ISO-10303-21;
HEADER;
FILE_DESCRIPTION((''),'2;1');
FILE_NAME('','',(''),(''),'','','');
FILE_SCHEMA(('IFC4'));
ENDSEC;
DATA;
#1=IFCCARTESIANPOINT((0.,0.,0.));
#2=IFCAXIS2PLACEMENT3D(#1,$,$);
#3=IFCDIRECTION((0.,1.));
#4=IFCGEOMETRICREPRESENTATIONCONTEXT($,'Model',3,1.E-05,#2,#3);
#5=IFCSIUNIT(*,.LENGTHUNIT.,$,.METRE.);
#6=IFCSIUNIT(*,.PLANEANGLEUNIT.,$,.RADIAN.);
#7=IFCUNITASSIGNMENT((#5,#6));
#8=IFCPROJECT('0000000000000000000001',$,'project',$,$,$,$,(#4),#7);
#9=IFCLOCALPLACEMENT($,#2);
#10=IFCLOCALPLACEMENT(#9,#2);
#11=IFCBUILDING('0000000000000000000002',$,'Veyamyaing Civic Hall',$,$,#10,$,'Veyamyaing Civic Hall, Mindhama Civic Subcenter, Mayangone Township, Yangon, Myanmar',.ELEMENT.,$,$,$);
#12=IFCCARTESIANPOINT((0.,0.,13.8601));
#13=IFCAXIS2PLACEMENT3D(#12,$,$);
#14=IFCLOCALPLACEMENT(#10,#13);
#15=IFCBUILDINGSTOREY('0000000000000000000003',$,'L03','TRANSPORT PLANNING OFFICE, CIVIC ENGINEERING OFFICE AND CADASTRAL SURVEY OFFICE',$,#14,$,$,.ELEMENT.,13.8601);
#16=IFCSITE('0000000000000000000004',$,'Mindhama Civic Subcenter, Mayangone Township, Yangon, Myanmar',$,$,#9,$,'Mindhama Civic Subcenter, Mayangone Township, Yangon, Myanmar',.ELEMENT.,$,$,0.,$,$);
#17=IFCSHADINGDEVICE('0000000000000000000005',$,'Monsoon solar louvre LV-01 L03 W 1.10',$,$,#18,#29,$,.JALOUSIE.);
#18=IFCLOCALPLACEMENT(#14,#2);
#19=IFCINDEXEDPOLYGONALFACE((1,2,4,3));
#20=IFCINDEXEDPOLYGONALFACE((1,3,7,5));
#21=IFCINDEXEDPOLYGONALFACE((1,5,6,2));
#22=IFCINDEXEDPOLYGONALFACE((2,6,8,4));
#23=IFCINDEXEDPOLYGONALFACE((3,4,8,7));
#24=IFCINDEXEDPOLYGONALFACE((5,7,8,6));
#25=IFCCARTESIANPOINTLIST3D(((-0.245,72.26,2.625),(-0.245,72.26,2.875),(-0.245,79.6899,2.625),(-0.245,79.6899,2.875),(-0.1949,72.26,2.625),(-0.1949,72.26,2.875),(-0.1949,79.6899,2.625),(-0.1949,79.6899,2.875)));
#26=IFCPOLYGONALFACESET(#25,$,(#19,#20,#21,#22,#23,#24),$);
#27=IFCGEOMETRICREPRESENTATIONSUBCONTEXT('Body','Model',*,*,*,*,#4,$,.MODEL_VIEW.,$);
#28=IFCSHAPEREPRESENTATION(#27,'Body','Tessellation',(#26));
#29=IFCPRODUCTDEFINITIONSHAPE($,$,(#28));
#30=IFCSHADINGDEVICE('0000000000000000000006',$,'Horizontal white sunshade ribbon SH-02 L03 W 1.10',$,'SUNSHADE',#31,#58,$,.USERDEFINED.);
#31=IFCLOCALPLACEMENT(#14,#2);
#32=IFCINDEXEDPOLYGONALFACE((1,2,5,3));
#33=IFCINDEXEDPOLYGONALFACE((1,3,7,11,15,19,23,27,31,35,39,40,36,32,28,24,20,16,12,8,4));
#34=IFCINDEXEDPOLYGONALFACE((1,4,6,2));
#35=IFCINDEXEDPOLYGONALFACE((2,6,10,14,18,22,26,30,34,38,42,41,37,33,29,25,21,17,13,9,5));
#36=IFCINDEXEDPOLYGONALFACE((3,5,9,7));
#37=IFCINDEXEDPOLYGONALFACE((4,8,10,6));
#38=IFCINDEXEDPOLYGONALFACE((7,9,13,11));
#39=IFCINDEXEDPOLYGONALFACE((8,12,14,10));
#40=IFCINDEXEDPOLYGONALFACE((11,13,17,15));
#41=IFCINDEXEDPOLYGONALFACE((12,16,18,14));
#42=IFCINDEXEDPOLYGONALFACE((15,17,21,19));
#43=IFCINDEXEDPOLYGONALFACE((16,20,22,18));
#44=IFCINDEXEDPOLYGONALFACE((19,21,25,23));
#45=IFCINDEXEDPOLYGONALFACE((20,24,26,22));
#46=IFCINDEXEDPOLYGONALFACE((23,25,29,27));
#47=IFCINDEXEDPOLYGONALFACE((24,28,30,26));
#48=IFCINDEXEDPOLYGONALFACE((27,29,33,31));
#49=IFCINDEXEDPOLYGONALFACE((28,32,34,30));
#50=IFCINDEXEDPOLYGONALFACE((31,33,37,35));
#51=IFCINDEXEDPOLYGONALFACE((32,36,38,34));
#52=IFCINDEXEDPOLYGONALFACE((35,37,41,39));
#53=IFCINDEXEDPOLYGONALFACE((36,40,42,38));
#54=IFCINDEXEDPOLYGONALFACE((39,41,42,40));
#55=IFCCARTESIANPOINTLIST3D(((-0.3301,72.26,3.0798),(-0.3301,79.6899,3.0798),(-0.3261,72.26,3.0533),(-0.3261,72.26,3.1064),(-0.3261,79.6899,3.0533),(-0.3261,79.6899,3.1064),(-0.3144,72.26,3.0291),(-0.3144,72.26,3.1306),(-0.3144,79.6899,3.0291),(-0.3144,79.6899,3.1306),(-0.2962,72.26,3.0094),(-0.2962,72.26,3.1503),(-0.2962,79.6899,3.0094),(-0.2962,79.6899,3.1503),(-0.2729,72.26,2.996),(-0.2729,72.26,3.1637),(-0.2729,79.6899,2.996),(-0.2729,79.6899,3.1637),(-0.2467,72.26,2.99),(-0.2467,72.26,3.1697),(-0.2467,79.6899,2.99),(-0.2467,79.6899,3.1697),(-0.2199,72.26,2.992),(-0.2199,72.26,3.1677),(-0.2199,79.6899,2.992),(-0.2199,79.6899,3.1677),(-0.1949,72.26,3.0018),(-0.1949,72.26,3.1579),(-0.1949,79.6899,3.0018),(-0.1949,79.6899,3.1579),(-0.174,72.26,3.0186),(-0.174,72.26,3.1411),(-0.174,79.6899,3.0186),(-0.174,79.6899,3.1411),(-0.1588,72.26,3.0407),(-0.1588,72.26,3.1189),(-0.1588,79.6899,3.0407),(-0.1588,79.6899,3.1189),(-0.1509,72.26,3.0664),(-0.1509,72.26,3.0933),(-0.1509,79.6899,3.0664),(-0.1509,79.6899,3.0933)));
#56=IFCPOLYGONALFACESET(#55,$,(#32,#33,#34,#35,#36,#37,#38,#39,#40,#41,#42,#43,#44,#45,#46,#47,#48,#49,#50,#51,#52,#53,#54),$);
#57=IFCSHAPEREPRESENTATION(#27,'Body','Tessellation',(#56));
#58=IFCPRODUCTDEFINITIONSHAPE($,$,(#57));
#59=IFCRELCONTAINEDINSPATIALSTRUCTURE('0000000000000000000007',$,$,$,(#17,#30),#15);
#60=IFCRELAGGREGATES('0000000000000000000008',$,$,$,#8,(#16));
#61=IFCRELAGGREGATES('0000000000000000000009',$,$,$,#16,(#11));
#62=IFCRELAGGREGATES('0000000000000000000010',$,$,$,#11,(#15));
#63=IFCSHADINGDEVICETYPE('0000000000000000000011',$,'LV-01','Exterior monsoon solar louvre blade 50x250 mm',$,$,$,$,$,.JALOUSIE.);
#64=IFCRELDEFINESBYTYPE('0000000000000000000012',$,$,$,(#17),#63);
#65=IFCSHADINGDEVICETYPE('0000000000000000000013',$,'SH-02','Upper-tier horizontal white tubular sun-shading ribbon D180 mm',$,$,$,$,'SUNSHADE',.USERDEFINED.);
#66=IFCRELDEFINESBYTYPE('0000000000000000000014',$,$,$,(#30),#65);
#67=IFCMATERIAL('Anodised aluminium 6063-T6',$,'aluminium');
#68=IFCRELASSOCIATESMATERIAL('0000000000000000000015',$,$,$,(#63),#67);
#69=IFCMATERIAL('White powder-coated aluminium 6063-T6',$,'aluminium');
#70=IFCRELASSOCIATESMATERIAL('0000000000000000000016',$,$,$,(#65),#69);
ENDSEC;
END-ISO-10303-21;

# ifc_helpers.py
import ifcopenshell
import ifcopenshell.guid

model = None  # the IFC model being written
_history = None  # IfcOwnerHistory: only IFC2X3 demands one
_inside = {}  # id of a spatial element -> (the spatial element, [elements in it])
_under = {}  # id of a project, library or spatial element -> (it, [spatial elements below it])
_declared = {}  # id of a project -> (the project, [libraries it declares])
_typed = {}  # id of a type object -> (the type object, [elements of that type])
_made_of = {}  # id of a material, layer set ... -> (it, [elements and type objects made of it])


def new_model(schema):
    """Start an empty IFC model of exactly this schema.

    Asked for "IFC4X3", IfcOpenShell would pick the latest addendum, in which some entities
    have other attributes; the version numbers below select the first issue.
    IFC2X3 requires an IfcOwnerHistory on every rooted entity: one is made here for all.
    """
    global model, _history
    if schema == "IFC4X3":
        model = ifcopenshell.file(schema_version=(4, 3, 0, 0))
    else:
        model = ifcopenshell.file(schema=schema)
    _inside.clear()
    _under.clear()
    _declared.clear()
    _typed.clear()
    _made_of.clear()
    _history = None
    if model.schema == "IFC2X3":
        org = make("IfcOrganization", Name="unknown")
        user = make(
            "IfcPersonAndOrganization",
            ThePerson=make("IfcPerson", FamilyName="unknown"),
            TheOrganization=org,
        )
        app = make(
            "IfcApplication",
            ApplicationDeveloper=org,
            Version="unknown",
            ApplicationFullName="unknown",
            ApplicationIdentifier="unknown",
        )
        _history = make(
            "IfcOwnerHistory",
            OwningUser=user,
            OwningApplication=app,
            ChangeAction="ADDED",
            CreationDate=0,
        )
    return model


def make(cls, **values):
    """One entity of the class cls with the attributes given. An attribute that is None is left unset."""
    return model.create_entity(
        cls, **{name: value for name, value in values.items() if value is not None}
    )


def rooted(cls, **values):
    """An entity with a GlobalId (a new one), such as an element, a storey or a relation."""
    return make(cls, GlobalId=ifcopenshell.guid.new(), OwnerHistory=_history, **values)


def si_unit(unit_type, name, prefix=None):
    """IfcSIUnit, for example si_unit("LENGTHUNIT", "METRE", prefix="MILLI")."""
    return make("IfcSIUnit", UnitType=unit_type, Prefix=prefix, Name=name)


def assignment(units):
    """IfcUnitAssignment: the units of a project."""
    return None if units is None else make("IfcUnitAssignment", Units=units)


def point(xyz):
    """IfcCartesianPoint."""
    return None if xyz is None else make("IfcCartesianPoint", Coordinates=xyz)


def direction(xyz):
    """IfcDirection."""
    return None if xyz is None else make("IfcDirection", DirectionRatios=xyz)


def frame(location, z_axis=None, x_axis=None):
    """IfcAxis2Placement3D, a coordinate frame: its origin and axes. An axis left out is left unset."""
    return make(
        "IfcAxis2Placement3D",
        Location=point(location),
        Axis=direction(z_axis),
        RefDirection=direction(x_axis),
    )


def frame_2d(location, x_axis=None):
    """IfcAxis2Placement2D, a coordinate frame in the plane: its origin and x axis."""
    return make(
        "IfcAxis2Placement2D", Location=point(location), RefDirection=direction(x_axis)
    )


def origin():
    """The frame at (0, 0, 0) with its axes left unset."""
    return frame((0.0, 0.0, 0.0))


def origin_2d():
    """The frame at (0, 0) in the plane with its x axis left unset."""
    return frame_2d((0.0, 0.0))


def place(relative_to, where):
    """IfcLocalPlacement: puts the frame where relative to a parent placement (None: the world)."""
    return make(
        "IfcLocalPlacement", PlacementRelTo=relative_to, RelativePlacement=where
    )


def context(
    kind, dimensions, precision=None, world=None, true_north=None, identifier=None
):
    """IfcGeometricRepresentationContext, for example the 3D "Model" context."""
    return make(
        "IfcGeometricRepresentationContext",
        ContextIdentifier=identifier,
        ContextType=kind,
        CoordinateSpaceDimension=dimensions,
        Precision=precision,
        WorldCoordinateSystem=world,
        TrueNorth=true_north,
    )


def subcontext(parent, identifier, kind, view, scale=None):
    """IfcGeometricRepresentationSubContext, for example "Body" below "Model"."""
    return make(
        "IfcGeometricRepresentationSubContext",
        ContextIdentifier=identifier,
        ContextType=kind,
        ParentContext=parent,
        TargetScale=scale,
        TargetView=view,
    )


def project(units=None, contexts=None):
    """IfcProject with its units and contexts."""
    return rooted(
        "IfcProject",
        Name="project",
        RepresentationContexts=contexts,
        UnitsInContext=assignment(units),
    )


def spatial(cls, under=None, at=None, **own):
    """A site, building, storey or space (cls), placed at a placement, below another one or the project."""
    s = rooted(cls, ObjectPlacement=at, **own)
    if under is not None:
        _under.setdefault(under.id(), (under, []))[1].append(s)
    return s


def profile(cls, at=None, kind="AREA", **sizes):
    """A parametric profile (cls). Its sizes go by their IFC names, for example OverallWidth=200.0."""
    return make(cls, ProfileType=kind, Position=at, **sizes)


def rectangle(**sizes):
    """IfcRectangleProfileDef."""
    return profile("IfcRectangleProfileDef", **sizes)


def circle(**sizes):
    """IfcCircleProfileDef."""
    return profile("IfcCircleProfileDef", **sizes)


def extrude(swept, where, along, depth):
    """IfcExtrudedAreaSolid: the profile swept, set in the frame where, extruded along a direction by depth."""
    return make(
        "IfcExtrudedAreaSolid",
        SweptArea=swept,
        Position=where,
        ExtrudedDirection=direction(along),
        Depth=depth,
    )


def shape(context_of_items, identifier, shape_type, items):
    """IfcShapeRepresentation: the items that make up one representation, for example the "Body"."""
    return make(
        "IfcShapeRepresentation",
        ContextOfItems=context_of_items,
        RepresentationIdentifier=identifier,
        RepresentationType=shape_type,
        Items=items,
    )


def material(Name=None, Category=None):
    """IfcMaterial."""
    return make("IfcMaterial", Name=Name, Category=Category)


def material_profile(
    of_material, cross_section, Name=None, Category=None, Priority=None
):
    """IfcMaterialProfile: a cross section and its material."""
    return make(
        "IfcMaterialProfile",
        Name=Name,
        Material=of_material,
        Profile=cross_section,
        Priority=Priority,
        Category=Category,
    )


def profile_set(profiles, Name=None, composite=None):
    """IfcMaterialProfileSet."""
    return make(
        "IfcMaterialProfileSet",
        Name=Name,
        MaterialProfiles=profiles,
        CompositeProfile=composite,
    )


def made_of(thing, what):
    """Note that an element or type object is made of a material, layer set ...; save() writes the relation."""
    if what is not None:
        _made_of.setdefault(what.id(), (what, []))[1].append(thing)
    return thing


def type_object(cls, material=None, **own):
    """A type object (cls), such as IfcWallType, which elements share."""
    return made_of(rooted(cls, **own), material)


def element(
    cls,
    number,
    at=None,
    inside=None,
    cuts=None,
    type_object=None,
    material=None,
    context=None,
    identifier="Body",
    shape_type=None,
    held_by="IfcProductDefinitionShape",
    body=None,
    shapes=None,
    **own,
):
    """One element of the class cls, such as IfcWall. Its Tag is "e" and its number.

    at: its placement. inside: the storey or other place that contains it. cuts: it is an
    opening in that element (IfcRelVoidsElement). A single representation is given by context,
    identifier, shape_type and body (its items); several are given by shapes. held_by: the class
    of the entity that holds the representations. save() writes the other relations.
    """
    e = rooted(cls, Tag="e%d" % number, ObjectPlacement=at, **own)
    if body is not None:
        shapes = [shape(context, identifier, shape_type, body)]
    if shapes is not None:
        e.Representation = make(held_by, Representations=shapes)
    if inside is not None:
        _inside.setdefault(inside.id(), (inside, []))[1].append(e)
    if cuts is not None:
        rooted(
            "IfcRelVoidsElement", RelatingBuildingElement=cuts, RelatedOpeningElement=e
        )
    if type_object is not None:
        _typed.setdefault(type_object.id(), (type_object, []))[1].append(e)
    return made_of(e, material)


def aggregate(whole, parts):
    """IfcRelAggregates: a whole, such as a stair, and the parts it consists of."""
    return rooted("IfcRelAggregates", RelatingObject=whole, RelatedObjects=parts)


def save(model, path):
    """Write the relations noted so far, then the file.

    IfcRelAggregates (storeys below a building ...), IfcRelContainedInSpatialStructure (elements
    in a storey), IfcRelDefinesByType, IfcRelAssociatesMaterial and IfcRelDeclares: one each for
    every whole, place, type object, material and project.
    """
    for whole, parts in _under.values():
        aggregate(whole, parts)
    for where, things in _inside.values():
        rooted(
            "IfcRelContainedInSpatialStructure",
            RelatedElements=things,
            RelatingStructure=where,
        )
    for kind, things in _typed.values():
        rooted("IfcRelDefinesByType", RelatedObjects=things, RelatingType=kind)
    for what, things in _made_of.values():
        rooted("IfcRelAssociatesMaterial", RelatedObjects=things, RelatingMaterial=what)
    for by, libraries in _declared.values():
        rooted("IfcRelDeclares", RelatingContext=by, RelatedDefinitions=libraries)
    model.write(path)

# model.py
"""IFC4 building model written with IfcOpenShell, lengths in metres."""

from ifc_helpers import new_model, si_unit, direction, frame, origin, origin_2d, place, context, subcontext, project, spatial, rectangle, circle, extrude, material, material_profile, profile_set, type_object, element, save


model = new_model("IFC4")

# Units and contexts
model_context = context("Model", 3, precision=1e-05, world=origin(), true_north=direction((0.0, 1.0)))
body_context = subcontext(model_context, "Body", "Model", "MODEL_VIEW")
ifc_project = project(units=[si_unit("LENGTHUNIT", "METRE"), si_unit("PLANEANGLEUNIT", "RADIAN")], contexts=[model_context])

# Site, building, storey
site_placement = place(None, origin())
site = spatial("IfcSite", under=ifc_project, at=site_placement, Name="Mindhama Civic Subcenter, Mayangone Township, Yangon, Myanmar", LongName="Mindhama Civic Subcenter, Mayangone Township, Yangon, Myanmar", CompositionType="ELEMENT", RefElevation=0.0)
building_placement = place(site_placement, origin())
building = spatial("IfcBuilding", under=site, at=building_placement, Name="Veyamyaing Civic Hall", LongName="Veyamyaing Civic Hall, Mindhama Civic Subcenter, Mayangone Township, Yangon, Myanmar", CompositionType="ELEMENT")
storey_placement = place(building_placement, frame((0.0, 0.0, 13.8601)))
storey = spatial("IfcBuildingStorey", under=building, at=storey_placement, Name="L03", Description="TRANSPORT PLANNING OFFICE, CIVIC ENGINEERING OFFICE AND CADASTRAL SURVEY OFFICE", CompositionType="ELEMENT", Elevation=13.8601)

# Shared definitions
ifc_material_1 = material(Name="Anodised aluminium 6063-T6", Category="aluminium")

# Shading devices
ifc_material_profile_1 = material_profile(ifc_material_1, rectangle(XDim=0.05, YDim=0.25, at=origin_2d()), Name="LOUVRE-BLADE-50X250")
ifc_profile_set_1 = profile_set([ifc_material_profile_1], Name="Anodised aluminium 6063-T6")
shading_device_type_1 = type_object("IfcShadingDeviceType", Name="LV-01", Description="Exterior monsoon solar louvre blade 50x250 mm", PredefinedType="JALOUSIE", material=ifc_profile_set_1)
shading_device_1_placement = place(storey_placement, frame((-0.22, 72.26, 2.75), z_axis=(0.0, 1.0, 0.0), x_axis=(-1.0, 0.0, 0.0)))
element("IfcShadingDevice", 1, at=shading_device_1_placement, inside=storey, type_object=shading_device_type_1, Name="Monsoon solar louvre LV-01 L03 W 1.10", PredefinedType="JALOUSIE", context=body_context, shape_type="SweptSolid", body=[
    extrude(rectangle(XDim=0.05, YDim=0.25, at=origin_2d()), origin(), (0.0, 0.0, 1.0), 7.4299),
])
ifc_material_2 = material(Name="White powder-coated aluminium 6063-T6", Category="aluminium")
ifc_material_profile_2 = material_profile(ifc_material_2, circle(Radius=0.0901, at=origin_2d()), Name="SHADE-TUBE-180")
ifc_profile_set_2 = profile_set([ifc_material_profile_2], Name="White powder-coated aluminium 6063-T6")
shading_device_type_2 = type_object("IfcShadingDeviceType", Name="SH-02", Description="Upper-tier horizontal white tubular sun-shading ribbon D180 mm", ElementType="SUNSHADE", PredefinedType="USERDEFINED", material=ifc_profile_set_2)
shading_device_2_placement = place(storey_placement, frame((-0.24, 72.26, 3.0798), z_axis=(0.0, 1.0, 0.0), x_axis=(-1.0, 0.0, 0.0)))
element("IfcShadingDevice", 2, at=shading_device_2_placement, inside=storey, type_object=shading_device_type_2, Name="Horizontal white sunshade ribbon SH-02 L03 W 1.10", ObjectType="SUNSHADE", PredefinedType="USERDEFINED", context=body_context, shape_type="SweptSolid", body=[
    extrude(circle(Radius=0.0901, at=origin_2d()), origin(), (0.0, 0.0, 1.0), 7.4299),
])

save(model, "model.ifc")
